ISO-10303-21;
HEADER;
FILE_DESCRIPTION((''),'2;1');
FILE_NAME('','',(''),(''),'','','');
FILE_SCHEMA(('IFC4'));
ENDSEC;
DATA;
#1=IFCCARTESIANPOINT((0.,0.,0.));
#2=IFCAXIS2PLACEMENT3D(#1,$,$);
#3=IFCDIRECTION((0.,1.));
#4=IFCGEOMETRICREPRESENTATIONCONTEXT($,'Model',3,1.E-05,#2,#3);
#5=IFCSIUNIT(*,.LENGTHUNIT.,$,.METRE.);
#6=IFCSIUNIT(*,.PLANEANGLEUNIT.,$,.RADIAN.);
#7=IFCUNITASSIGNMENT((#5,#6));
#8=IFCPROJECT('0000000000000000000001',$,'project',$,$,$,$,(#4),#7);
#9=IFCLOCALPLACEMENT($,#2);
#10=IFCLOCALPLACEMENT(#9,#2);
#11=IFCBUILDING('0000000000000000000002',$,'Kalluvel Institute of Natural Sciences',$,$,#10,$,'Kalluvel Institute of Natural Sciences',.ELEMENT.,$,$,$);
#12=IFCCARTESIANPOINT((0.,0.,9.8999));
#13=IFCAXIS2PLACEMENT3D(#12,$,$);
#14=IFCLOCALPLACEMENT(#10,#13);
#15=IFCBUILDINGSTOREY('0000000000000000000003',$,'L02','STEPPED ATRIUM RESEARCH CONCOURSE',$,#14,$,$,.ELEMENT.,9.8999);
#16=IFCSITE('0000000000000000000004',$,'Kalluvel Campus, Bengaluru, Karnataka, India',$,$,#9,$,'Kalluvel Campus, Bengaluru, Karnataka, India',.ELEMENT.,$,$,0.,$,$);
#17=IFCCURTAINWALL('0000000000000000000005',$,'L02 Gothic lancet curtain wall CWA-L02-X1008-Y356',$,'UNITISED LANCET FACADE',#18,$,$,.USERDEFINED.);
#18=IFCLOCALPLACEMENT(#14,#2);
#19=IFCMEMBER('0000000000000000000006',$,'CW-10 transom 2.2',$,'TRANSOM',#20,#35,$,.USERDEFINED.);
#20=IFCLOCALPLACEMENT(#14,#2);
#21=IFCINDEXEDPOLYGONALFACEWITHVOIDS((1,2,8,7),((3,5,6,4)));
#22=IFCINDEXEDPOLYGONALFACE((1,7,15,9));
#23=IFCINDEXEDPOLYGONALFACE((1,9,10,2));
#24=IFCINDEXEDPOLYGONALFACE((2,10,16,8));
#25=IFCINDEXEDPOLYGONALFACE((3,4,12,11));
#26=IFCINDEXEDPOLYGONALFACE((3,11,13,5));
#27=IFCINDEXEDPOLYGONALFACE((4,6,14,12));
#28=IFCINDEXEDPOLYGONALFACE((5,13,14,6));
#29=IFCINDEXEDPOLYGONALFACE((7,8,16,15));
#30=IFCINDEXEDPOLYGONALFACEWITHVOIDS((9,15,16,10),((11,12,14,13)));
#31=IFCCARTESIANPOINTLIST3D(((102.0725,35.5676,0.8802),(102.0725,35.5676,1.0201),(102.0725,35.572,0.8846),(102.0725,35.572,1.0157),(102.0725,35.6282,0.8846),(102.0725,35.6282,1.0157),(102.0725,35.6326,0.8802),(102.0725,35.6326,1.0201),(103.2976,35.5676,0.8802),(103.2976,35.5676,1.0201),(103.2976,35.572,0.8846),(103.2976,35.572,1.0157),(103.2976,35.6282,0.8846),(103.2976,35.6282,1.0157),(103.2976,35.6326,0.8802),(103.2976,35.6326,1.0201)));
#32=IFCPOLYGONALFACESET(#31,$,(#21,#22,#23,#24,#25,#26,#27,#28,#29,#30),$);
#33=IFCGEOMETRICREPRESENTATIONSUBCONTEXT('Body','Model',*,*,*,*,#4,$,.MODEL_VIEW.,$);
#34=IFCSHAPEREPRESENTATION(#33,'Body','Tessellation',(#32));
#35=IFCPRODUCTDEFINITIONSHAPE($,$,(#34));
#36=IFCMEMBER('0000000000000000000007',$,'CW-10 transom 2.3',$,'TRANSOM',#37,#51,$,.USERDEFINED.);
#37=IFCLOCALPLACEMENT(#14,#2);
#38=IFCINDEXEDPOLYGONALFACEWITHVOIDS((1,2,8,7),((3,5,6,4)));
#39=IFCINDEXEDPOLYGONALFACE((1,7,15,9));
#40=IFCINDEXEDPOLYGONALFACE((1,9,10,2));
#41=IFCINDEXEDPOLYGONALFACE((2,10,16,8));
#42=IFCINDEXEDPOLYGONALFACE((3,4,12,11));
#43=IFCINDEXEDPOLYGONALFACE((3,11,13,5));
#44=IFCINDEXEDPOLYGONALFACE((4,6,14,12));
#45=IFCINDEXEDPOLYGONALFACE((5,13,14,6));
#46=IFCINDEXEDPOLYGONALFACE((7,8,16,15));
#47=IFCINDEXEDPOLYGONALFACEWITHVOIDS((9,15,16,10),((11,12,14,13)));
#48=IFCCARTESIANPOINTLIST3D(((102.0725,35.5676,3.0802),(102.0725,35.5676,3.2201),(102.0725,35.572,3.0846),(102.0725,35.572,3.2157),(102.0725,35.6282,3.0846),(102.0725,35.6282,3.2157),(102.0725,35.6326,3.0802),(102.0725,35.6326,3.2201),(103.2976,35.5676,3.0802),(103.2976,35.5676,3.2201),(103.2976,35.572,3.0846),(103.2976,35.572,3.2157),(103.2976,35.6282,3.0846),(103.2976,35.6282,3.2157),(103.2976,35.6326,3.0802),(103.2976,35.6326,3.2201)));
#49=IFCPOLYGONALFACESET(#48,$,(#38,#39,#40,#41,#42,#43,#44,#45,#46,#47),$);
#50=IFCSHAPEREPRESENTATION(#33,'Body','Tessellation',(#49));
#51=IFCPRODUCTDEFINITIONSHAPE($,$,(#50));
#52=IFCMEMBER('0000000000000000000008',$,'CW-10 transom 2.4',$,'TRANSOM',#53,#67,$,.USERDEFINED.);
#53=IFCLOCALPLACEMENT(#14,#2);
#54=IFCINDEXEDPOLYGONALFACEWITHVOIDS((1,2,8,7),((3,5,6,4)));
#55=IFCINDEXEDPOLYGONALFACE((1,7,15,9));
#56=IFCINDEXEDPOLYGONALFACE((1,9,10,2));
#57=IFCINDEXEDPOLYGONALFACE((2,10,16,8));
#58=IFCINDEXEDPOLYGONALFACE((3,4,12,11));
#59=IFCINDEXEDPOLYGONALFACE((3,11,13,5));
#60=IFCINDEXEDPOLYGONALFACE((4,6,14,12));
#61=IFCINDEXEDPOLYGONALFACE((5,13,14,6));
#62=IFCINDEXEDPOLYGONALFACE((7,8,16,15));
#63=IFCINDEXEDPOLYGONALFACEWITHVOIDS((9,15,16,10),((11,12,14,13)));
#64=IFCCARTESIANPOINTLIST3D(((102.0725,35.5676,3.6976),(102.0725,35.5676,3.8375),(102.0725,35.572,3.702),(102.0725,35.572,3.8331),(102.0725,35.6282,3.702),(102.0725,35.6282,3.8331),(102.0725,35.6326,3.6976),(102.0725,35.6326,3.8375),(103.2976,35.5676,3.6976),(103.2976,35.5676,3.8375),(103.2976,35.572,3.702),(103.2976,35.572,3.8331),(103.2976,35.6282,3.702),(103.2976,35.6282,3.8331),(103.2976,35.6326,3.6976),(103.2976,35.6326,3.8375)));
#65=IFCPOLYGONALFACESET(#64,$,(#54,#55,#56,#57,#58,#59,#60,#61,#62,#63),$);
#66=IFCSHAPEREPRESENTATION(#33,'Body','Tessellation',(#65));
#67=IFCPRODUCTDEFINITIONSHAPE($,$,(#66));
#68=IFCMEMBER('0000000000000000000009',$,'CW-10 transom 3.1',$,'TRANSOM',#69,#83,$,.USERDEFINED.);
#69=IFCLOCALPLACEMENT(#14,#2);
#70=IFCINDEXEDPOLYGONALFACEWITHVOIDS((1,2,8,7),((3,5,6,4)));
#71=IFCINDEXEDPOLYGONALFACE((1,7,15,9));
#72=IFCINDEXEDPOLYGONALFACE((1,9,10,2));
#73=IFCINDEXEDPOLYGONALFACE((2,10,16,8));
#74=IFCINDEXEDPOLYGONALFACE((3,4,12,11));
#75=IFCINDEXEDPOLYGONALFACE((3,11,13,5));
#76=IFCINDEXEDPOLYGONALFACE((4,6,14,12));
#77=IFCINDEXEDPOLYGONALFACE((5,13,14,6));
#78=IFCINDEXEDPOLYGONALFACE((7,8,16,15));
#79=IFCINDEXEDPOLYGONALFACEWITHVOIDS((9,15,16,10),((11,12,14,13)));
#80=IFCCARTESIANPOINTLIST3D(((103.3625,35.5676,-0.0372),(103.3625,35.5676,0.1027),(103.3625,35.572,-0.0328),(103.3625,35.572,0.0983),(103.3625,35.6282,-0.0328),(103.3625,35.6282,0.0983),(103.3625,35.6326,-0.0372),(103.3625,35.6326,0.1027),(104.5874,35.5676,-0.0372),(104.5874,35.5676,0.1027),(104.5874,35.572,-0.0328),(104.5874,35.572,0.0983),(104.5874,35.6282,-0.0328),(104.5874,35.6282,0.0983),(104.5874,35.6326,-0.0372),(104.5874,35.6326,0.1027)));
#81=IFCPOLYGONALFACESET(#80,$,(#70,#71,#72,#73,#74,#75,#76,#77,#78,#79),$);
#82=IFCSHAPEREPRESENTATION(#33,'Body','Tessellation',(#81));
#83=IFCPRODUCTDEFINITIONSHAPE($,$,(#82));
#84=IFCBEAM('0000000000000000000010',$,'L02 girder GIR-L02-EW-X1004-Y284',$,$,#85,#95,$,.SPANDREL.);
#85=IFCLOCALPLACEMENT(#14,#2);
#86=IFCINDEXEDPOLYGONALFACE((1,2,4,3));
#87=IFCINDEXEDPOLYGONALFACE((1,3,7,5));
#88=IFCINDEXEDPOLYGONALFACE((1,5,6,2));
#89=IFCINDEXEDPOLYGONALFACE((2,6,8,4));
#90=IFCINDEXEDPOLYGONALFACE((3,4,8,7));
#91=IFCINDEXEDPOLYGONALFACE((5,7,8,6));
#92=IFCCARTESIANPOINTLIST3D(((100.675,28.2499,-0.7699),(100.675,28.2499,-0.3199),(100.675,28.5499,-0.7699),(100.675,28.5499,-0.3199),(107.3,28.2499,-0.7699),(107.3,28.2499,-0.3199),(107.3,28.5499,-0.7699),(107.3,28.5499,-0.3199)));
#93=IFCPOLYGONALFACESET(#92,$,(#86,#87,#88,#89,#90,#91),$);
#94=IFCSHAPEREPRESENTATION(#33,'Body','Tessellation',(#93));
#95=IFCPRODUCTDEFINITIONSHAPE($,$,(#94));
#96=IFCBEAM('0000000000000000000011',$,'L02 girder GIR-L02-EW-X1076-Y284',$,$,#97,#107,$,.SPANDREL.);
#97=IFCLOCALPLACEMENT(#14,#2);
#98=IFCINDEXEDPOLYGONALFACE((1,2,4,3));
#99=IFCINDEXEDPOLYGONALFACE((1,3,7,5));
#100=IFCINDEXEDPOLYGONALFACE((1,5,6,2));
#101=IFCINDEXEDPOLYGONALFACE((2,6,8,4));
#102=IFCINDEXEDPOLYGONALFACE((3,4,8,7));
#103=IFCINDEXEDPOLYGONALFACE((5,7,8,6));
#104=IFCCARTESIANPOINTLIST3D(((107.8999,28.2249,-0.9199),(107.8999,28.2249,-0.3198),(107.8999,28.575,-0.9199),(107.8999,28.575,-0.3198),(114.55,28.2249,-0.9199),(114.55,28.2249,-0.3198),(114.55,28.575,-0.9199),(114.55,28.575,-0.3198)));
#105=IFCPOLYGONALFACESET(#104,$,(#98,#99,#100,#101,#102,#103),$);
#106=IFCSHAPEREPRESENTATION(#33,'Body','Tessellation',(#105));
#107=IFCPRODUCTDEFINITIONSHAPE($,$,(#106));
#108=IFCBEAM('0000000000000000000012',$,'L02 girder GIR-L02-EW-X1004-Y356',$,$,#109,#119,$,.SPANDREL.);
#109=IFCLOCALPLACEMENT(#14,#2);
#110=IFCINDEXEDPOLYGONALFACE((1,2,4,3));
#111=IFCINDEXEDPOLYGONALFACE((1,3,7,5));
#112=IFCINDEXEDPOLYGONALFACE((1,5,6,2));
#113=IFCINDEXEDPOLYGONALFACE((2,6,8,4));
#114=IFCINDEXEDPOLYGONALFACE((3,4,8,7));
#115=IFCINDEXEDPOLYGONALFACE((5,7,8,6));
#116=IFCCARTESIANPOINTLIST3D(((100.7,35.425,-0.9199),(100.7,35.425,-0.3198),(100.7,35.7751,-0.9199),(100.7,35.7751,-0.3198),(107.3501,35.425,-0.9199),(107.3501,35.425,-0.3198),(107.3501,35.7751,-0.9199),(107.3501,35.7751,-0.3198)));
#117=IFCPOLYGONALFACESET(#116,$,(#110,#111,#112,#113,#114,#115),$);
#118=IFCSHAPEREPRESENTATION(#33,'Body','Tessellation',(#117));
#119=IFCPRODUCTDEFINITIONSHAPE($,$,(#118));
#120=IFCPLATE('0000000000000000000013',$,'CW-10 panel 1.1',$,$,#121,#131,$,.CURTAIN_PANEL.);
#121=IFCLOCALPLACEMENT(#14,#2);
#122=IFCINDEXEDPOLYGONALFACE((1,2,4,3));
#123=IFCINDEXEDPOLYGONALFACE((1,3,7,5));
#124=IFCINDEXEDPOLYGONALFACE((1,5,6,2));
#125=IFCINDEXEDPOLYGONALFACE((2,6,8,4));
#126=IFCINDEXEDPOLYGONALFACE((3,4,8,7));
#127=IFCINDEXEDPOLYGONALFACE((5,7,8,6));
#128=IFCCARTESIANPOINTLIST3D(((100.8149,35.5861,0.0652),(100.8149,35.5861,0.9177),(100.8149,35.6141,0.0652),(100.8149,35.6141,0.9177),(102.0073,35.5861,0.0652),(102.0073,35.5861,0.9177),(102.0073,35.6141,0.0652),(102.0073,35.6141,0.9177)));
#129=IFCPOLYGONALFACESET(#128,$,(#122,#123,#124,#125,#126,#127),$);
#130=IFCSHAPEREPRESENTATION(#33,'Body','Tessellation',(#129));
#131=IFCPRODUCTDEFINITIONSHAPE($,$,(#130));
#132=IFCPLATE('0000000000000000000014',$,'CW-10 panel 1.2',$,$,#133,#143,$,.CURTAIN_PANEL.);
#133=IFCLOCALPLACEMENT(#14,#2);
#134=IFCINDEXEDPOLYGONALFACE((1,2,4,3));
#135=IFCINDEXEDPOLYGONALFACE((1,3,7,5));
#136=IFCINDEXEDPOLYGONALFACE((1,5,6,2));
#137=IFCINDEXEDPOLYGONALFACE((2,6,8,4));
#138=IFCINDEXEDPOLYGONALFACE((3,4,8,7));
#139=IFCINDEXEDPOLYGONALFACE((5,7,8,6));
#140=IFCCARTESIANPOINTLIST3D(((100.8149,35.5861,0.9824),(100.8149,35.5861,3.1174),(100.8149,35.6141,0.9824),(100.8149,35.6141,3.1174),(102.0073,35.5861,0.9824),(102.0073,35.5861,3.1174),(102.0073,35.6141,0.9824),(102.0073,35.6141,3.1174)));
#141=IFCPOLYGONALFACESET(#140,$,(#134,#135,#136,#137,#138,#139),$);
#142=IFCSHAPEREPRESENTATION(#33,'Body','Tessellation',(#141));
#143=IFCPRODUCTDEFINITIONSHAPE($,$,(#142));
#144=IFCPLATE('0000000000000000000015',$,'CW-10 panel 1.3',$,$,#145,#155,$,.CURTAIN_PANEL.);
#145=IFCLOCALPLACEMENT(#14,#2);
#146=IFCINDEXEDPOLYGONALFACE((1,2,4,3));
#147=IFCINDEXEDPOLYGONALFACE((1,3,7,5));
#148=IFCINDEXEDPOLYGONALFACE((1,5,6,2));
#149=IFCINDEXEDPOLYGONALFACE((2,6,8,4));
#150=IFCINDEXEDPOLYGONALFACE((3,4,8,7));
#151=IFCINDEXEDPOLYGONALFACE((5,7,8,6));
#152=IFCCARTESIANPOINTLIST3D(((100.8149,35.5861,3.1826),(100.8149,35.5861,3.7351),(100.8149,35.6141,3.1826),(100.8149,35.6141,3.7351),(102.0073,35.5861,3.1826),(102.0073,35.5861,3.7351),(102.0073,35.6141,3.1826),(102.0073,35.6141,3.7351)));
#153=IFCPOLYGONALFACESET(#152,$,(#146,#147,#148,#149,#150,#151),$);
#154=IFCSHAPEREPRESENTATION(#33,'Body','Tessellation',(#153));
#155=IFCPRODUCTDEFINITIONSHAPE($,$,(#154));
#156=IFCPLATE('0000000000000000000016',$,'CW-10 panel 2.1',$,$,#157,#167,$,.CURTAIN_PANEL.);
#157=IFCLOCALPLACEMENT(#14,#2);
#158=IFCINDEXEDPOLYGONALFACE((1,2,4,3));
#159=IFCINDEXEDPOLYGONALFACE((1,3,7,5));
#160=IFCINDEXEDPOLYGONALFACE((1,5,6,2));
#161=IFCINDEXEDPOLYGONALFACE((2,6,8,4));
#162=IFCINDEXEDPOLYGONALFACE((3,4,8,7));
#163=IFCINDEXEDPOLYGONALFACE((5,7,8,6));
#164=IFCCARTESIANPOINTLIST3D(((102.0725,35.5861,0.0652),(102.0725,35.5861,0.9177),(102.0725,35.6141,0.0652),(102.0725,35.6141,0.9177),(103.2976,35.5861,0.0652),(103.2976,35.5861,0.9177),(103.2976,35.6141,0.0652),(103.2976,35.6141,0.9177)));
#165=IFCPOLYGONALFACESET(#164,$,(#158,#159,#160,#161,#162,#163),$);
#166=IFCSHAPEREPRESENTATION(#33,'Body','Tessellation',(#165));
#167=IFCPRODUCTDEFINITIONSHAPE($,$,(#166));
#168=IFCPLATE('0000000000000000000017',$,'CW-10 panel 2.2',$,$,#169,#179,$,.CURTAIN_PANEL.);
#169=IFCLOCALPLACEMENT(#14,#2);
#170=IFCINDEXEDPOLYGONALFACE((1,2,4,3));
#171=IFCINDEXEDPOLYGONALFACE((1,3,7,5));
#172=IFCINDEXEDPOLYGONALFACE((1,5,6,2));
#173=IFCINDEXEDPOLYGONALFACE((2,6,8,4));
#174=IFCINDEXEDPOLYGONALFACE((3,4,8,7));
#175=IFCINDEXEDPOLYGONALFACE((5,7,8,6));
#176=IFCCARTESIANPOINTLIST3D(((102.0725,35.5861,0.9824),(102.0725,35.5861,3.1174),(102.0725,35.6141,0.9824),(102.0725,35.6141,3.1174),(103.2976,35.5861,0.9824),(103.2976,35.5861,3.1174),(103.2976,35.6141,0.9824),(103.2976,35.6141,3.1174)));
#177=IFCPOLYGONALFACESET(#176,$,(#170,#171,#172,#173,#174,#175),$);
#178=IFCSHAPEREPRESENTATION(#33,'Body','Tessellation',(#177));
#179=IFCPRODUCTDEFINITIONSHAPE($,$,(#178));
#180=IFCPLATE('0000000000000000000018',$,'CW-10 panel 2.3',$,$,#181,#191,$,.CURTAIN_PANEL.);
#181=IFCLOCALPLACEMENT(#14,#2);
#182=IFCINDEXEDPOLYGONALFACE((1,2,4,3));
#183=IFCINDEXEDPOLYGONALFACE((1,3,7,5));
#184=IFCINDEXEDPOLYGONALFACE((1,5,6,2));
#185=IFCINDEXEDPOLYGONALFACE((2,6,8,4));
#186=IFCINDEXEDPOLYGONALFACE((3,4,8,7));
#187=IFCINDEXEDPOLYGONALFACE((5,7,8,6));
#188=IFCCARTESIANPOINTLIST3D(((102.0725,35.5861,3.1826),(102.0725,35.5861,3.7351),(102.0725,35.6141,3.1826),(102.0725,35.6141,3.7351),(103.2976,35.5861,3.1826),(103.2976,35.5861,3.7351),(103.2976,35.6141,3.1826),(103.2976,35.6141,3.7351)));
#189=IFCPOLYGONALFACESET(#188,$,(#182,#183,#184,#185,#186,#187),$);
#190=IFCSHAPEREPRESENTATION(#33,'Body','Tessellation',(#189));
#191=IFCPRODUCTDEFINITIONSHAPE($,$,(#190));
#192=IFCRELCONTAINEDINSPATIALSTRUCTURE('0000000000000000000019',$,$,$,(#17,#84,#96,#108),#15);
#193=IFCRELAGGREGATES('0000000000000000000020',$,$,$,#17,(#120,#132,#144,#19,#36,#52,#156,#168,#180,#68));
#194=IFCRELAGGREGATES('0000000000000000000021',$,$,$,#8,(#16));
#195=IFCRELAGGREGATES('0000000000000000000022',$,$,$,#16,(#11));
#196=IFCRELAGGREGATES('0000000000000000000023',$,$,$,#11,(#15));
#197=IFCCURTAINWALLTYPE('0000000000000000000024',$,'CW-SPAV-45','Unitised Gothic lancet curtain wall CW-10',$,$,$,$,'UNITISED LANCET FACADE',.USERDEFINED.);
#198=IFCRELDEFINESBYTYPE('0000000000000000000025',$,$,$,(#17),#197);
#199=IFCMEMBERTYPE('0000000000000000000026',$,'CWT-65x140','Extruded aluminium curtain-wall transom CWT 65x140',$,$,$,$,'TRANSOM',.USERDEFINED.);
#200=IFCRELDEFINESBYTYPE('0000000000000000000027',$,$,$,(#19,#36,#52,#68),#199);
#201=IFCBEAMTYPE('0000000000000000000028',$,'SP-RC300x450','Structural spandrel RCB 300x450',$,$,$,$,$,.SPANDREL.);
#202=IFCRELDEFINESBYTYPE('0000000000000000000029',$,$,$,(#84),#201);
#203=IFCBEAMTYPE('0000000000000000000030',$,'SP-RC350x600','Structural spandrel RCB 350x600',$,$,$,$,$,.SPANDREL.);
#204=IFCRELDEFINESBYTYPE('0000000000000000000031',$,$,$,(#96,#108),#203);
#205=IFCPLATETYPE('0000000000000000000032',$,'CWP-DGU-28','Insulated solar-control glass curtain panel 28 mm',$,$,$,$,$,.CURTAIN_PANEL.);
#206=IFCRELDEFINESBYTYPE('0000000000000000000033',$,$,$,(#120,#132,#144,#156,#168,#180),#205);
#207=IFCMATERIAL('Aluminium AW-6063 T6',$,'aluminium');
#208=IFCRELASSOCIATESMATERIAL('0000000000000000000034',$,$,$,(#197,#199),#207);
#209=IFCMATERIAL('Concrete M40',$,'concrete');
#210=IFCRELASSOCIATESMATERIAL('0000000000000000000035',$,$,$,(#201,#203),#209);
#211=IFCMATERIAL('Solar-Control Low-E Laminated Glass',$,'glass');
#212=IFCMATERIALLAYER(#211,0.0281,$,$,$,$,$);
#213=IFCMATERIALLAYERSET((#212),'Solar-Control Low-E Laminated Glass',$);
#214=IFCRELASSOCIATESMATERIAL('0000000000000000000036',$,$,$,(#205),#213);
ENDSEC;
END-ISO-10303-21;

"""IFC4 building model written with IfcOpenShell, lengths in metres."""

from ifc_helpers import new_model, si_unit, direction, frame, origin, origin_2d, place, context, subcontext, project, spatial, rectangle, hollow_rectangle, extrude, material, layer, layer_set, material_profile, profile_set, type_object, element, aggregate, save


model = new_model("IFC4")

# Units and contexts
model_context = context("Model", 3, precision=1e-05, world=origin(), true_north=direction((0.0, 1.0)))
body_context = subcontext(model_context, "Body", "Model", "MODEL_VIEW")
ifc_project = project(units=[si_unit("LENGTHUNIT", "METRE"), si_unit("PLANEANGLEUNIT", "RADIAN")], contexts=[model_context])

# Site, building, storey
site_placement = place(None, origin())
site = spatial("IfcSite", under=ifc_project, at=site_placement, Name="Kalluvel Campus, Bengaluru, Karnataka, India", LongName="Kalluvel Campus, Bengaluru, Karnataka, India", CompositionType="ELEMENT", RefElevation=0.0)
building_placement = place(site_placement, origin())
building = spatial("IfcBuilding", under=site, at=building_placement, Name="Kalluvel Institute of Natural Sciences", LongName="Kalluvel Institute of Natural Sciences", CompositionType="ELEMENT")
storey_placement = place(building_placement, frame((0.0, 0.0, 9.8999)))
storey = spatial("IfcBuildingStorey", under=building, at=storey_placement, Name="L02", Description="STEPPED ATRIUM RESEARCH CONCOURSE", CompositionType="ELEMENT", Elevation=9.8999)

# Shared definitions
ifc_material_1 = material(Name="Concrete M40", Category="concrete")

# Curtain wall, members
ifc_material_2 = material(Name="Aluminium AW-6063 T6", Category="aluminium")
curtain_wall_type = type_object("IfcCurtainWallType", Name="CW-SPAV-45", Description="Unitised Gothic lancet curtain wall CW-10", ElementType="UNITISED LANCET FACADE", PredefinedType="USERDEFINED", material=ifc_material_2)
curtain_wall_placement = place(storey_placement, origin())
curtain_wall = element("IfcCurtainWall", 1, at=curtain_wall_placement, inside=storey, type_object=curtain_wall_type, Name="L02 Gothic lancet curtain wall CWA-L02-X1008-Y356", ObjectType="UNITISED LANCET FACADE", PredefinedType="USERDEFINED")
ifc_material_profile_1 = material_profile(ifc_material_2, hollow_rectangle(XDim=0.0649, YDim=0.1399, WallThickness=0.0044, at=origin_2d()), Name="CWT 65x140")
ifc_profile_set_1 = profile_set([ifc_material_profile_1], Name="Aluminium AW-6063 T6")
member_type_1 = type_object("IfcMemberType", Name="CWT-65x140", Description="Extruded aluminium curtain-wall transom CWT 65x140", ElementType="TRANSOM", PredefinedType="USERDEFINED", material=ifc_profile_set_1)
member_1_placement = place(storey_placement, frame((102.0725, 35.6001, 0.9502), z_axis=(1.0, 0.0, 0.0), x_axis=(0.0, 1.0, 0.0)))
member_1 = element("IfcMember", 2, at=member_1_placement, type_object=member_type_1, Name="CW-10 transom 2.2", ObjectType="TRANSOM", PredefinedType="USERDEFINED", context=body_context, shape_type="SweptSolid", body=[
    extrude(hollow_rectangle(XDim=0.0649, YDim=0.1399, WallThickness=0.0044, at=origin_2d()), origin(), (0.0, 0.0, 1.0), 1.2251),
])
member_2_placement = place(storey_placement, frame((102.0725, 35.6001, 3.1501), z_axis=(1.0, 0.0, 0.0), x_axis=(0.0, 1.0, 0.0)))
member_2 = element("IfcMember", 3, at=member_2_placement, type_object=member_type_1, Name="CW-10 transom 2.3", ObjectType="TRANSOM", PredefinedType="USERDEFINED", context=body_context, shape_type="SweptSolid", body=[
    extrude(hollow_rectangle(XDim=0.0649, YDim=0.1399, WallThickness=0.0044, at=origin_2d()), origin(), (0.0, 0.0, 1.0), 1.2251),
])
member_3_placement = place(storey_placement, frame((102.0725, 35.6001, 3.7676), z_axis=(1.0, 0.0, 0.0), x_axis=(0.0, 1.0, 0.0)))
member_3 = element("IfcMember", 4, at=member_3_placement, type_object=member_type_1, Name="CW-10 transom 2.4", ObjectType="TRANSOM", PredefinedType="USERDEFINED", context=body_context, shape_type="SweptSolid", body=[
    extrude(hollow_rectangle(XDim=0.0649, YDim=0.1399, WallThickness=0.0044, at=origin_2d()), origin(), (0.0, 0.0, 1.0), 1.2251),
])
member_4_placement = place(storey_placement, frame((103.3625, 35.6001, 0.0327), z_axis=(1.0, 0.0, 0.0), x_axis=(0.0, 1.0, 0.0)))
member_4 = element("IfcMember", 5, at=member_4_placement, type_object=member_type_1, Name="CW-10 transom 3.1", ObjectType="TRANSOM", PredefinedType="USERDEFINED", context=body_context, shape_type="SweptSolid", body=[
    extrude(hollow_rectangle(XDim=0.0649, YDim=0.1399, WallThickness=0.0044, at=origin_2d()), origin(), (0.0, 0.0, 1.0), 1.2249),
])

# Beams
ifc_material_profile_2 = material_profile(ifc_material_1, rectangle(XDim=0.3, YDim=0.45, at=origin_2d()), Name="RCB 300x450")
ifc_profile_set_2 = profile_set([ifc_material_profile_2], Name="Concrete M40")
beam_type_1 = type_object("IfcBeamType", Name="SP-RC300x450", Description="Structural spandrel RCB 300x450", PredefinedType="SPANDREL", material=ifc_profile_set_2)
beam_1_placement = place(storey_placement, frame((100.675, 28.3999, -0.5449), z_axis=(1.0, 0.0, 0.0), x_axis=(0.0, 1.0, 0.0)))
element("IfcBeam", 6, at=beam_1_placement, inside=storey, type_object=beam_type_1, Name="L02 girder GIR-L02-EW-X1004-Y284", PredefinedType="SPANDREL", context=body_context, shape_type="SweptSolid", body=[
    extrude(rectangle(XDim=0.3, YDim=0.45, at=origin_2d()), origin(), (0.0, 0.0, 1.0), 6.625),
])
ifc_material_profile_3 = material_profile(ifc_material_1, rectangle(XDim=0.3501, YDim=0.6001, at=origin_2d()), Name="RCB 350x600")
ifc_profile_set_3 = profile_set([ifc_material_profile_3], Name="Concrete M40")
beam_type_2 = type_object("IfcBeamType", Name="SP-RC350x600", Description="Structural spandrel RCB 350x600", PredefinedType="SPANDREL", material=ifc_profile_set_3)
for number, where, z_axis, x_axis, name in (
    (7, (107.8999, 28.3999, -0.6199), (1.0, 0.0, 0.0), (0.0, 1.0, 0.0), "L02 girder GIR-L02-EW-X1076-Y284"),
    (8, (100.7, 35.6001, -0.6199), (1.0, 0.0, 0.0), (0.0, 1.0, 0.0), "L02 girder GIR-L02-EW-X1004-Y356"),
):
    element("IfcBeam", number, at=place(storey_placement, frame(where, z_axis=z_axis, x_axis=x_axis)), inside=storey, type_object=beam_type_2, Name=name, PredefinedType="SPANDREL", context=body_context, shape_type="SweptSolid", body=[
        extrude(rectangle(XDim=0.3501, YDim=0.6001, at=origin_2d()), origin(), (0.0, 0.0, 1.0), 6.6501),
    ])

# Plates
ifc_material_3 = material(Name="Solar-Control Low-E Laminated Glass", Category="glass")
ifc_layer_1 = layer(ifc_material_3, 0.0281)
ifc_layer_set_1 = layer_set([ifc_layer_1], Name="Solar-Control Low-E Laminated Glass")
plate_type = type_object("IfcPlateType", Name="CWP-DGU-28", Description="Insulated solar-control glass curtain panel 28 mm", PredefinedType="CURTAIN_PANEL", material=ifc_layer_set_1)
plate_1_placement = place(storey_placement, frame((101.4111, 35.6001, 0.0652), z_axis=(0.0, 0.0, 1.0), x_axis=(1.0, 0.0, 0.0)))
plate_1 = element("IfcPlate", 9, at=plate_1_placement, type_object=plate_type, Name="CW-10 panel 1.1", PredefinedType="CURTAIN_PANEL", context=body_context, shape_type="SweptSolid", body=[
    extrude(rectangle(XDim=1.1924, YDim=0.0281, at=origin_2d()), origin(), (0.0, 0.0, 1.0), 0.8525),
])
plate_2_placement = place(storey_placement, frame((101.4111, 35.6001, 0.9824), z_axis=(0.0, 0.0, 1.0), x_axis=(1.0, 0.0, 0.0)))
plate_2 = element("IfcPlate", 10, at=plate_2_placement, type_object=plate_type, Name="CW-10 panel 1.2", PredefinedType="CURTAIN_PANEL", context=body_context, shape_type="SweptSolid", body=[
    extrude(rectangle(XDim=1.1924, YDim=0.0281, at=origin_2d()), origin(), (0.0, 0.0, 1.0), 2.135),
])
plate_3_placement = place(storey_placement, frame((101.4111, 35.6001, 3.1826), z_axis=(0.0, 0.0, 1.0), x_axis=(1.0, 0.0, 0.0)))
plate_3 = element("IfcPlate", 11, at=plate_3_placement, type_object=plate_type, Name="CW-10 panel 1.3", PredefinedType="CURTAIN_PANEL", context=body_context, shape_type="SweptSolid", body=[
    extrude(rectangle(XDim=1.1924, YDim=0.0281, at=origin_2d()), origin(), (0.0, 0.0, 1.0), 0.5525),
])
plate_4_placement = place(storey_placement, frame((102.6851, 35.6001, 0.0652), z_axis=(0.0, 0.0, 1.0), x_axis=(1.0, 0.0, 0.0)))
plate_4 = element("IfcPlate", 12, at=plate_4_placement, type_object=plate_type, Name="CW-10 panel 2.1", PredefinedType="CURTAIN_PANEL", context=body_context, shape_type="SweptSolid", body=[
    extrude(rectangle(XDim=1.2251, YDim=0.0281, at=origin_2d()), origin(), (0.0, 0.0, 1.0), 0.8525),
])
plate_5_placement = place(storey_placement, frame((102.6851, 35.6001, 0.9824), z_axis=(0.0, 0.0, 1.0), x_axis=(1.0, 0.0, 0.0)))
plate_5 = element("IfcPlate", 13, at=plate_5_placement, type_object=plate_type, Name="CW-10 panel 2.2", PredefinedType="CURTAIN_PANEL", context=body_context, shape_type="SweptSolid", body=[
    extrude(rectangle(XDim=1.2251, YDim=0.0281, at=origin_2d()), origin(), (0.0, 0.0, 1.0), 2.135),
])
plate_6_placement = place(storey_placement, frame((102.6851, 35.6001, 3.1826), z_axis=(0.0, 0.0, 1.0), x_axis=(1.0, 0.0, 0.0)))
plate_6 = element("IfcPlate", 14, at=plate_6_placement, type_object=plate_type, Name="CW-10 panel 2.3", PredefinedType="CURTAIN_PANEL", context=body_context, shape_type="SweptSolid", body=[
    extrude(rectangle(XDim=1.2251, YDim=0.0281, at=origin_2d()), origin(), (0.0, 0.0, 1.0), 0.5525),
])
aggregate(curtain_wall, [plate_1, plate_2, plate_3, member_1, member_2, member_3, plate_4, plate_5, plate_6, member_4])

save(model, "model.ifc")
